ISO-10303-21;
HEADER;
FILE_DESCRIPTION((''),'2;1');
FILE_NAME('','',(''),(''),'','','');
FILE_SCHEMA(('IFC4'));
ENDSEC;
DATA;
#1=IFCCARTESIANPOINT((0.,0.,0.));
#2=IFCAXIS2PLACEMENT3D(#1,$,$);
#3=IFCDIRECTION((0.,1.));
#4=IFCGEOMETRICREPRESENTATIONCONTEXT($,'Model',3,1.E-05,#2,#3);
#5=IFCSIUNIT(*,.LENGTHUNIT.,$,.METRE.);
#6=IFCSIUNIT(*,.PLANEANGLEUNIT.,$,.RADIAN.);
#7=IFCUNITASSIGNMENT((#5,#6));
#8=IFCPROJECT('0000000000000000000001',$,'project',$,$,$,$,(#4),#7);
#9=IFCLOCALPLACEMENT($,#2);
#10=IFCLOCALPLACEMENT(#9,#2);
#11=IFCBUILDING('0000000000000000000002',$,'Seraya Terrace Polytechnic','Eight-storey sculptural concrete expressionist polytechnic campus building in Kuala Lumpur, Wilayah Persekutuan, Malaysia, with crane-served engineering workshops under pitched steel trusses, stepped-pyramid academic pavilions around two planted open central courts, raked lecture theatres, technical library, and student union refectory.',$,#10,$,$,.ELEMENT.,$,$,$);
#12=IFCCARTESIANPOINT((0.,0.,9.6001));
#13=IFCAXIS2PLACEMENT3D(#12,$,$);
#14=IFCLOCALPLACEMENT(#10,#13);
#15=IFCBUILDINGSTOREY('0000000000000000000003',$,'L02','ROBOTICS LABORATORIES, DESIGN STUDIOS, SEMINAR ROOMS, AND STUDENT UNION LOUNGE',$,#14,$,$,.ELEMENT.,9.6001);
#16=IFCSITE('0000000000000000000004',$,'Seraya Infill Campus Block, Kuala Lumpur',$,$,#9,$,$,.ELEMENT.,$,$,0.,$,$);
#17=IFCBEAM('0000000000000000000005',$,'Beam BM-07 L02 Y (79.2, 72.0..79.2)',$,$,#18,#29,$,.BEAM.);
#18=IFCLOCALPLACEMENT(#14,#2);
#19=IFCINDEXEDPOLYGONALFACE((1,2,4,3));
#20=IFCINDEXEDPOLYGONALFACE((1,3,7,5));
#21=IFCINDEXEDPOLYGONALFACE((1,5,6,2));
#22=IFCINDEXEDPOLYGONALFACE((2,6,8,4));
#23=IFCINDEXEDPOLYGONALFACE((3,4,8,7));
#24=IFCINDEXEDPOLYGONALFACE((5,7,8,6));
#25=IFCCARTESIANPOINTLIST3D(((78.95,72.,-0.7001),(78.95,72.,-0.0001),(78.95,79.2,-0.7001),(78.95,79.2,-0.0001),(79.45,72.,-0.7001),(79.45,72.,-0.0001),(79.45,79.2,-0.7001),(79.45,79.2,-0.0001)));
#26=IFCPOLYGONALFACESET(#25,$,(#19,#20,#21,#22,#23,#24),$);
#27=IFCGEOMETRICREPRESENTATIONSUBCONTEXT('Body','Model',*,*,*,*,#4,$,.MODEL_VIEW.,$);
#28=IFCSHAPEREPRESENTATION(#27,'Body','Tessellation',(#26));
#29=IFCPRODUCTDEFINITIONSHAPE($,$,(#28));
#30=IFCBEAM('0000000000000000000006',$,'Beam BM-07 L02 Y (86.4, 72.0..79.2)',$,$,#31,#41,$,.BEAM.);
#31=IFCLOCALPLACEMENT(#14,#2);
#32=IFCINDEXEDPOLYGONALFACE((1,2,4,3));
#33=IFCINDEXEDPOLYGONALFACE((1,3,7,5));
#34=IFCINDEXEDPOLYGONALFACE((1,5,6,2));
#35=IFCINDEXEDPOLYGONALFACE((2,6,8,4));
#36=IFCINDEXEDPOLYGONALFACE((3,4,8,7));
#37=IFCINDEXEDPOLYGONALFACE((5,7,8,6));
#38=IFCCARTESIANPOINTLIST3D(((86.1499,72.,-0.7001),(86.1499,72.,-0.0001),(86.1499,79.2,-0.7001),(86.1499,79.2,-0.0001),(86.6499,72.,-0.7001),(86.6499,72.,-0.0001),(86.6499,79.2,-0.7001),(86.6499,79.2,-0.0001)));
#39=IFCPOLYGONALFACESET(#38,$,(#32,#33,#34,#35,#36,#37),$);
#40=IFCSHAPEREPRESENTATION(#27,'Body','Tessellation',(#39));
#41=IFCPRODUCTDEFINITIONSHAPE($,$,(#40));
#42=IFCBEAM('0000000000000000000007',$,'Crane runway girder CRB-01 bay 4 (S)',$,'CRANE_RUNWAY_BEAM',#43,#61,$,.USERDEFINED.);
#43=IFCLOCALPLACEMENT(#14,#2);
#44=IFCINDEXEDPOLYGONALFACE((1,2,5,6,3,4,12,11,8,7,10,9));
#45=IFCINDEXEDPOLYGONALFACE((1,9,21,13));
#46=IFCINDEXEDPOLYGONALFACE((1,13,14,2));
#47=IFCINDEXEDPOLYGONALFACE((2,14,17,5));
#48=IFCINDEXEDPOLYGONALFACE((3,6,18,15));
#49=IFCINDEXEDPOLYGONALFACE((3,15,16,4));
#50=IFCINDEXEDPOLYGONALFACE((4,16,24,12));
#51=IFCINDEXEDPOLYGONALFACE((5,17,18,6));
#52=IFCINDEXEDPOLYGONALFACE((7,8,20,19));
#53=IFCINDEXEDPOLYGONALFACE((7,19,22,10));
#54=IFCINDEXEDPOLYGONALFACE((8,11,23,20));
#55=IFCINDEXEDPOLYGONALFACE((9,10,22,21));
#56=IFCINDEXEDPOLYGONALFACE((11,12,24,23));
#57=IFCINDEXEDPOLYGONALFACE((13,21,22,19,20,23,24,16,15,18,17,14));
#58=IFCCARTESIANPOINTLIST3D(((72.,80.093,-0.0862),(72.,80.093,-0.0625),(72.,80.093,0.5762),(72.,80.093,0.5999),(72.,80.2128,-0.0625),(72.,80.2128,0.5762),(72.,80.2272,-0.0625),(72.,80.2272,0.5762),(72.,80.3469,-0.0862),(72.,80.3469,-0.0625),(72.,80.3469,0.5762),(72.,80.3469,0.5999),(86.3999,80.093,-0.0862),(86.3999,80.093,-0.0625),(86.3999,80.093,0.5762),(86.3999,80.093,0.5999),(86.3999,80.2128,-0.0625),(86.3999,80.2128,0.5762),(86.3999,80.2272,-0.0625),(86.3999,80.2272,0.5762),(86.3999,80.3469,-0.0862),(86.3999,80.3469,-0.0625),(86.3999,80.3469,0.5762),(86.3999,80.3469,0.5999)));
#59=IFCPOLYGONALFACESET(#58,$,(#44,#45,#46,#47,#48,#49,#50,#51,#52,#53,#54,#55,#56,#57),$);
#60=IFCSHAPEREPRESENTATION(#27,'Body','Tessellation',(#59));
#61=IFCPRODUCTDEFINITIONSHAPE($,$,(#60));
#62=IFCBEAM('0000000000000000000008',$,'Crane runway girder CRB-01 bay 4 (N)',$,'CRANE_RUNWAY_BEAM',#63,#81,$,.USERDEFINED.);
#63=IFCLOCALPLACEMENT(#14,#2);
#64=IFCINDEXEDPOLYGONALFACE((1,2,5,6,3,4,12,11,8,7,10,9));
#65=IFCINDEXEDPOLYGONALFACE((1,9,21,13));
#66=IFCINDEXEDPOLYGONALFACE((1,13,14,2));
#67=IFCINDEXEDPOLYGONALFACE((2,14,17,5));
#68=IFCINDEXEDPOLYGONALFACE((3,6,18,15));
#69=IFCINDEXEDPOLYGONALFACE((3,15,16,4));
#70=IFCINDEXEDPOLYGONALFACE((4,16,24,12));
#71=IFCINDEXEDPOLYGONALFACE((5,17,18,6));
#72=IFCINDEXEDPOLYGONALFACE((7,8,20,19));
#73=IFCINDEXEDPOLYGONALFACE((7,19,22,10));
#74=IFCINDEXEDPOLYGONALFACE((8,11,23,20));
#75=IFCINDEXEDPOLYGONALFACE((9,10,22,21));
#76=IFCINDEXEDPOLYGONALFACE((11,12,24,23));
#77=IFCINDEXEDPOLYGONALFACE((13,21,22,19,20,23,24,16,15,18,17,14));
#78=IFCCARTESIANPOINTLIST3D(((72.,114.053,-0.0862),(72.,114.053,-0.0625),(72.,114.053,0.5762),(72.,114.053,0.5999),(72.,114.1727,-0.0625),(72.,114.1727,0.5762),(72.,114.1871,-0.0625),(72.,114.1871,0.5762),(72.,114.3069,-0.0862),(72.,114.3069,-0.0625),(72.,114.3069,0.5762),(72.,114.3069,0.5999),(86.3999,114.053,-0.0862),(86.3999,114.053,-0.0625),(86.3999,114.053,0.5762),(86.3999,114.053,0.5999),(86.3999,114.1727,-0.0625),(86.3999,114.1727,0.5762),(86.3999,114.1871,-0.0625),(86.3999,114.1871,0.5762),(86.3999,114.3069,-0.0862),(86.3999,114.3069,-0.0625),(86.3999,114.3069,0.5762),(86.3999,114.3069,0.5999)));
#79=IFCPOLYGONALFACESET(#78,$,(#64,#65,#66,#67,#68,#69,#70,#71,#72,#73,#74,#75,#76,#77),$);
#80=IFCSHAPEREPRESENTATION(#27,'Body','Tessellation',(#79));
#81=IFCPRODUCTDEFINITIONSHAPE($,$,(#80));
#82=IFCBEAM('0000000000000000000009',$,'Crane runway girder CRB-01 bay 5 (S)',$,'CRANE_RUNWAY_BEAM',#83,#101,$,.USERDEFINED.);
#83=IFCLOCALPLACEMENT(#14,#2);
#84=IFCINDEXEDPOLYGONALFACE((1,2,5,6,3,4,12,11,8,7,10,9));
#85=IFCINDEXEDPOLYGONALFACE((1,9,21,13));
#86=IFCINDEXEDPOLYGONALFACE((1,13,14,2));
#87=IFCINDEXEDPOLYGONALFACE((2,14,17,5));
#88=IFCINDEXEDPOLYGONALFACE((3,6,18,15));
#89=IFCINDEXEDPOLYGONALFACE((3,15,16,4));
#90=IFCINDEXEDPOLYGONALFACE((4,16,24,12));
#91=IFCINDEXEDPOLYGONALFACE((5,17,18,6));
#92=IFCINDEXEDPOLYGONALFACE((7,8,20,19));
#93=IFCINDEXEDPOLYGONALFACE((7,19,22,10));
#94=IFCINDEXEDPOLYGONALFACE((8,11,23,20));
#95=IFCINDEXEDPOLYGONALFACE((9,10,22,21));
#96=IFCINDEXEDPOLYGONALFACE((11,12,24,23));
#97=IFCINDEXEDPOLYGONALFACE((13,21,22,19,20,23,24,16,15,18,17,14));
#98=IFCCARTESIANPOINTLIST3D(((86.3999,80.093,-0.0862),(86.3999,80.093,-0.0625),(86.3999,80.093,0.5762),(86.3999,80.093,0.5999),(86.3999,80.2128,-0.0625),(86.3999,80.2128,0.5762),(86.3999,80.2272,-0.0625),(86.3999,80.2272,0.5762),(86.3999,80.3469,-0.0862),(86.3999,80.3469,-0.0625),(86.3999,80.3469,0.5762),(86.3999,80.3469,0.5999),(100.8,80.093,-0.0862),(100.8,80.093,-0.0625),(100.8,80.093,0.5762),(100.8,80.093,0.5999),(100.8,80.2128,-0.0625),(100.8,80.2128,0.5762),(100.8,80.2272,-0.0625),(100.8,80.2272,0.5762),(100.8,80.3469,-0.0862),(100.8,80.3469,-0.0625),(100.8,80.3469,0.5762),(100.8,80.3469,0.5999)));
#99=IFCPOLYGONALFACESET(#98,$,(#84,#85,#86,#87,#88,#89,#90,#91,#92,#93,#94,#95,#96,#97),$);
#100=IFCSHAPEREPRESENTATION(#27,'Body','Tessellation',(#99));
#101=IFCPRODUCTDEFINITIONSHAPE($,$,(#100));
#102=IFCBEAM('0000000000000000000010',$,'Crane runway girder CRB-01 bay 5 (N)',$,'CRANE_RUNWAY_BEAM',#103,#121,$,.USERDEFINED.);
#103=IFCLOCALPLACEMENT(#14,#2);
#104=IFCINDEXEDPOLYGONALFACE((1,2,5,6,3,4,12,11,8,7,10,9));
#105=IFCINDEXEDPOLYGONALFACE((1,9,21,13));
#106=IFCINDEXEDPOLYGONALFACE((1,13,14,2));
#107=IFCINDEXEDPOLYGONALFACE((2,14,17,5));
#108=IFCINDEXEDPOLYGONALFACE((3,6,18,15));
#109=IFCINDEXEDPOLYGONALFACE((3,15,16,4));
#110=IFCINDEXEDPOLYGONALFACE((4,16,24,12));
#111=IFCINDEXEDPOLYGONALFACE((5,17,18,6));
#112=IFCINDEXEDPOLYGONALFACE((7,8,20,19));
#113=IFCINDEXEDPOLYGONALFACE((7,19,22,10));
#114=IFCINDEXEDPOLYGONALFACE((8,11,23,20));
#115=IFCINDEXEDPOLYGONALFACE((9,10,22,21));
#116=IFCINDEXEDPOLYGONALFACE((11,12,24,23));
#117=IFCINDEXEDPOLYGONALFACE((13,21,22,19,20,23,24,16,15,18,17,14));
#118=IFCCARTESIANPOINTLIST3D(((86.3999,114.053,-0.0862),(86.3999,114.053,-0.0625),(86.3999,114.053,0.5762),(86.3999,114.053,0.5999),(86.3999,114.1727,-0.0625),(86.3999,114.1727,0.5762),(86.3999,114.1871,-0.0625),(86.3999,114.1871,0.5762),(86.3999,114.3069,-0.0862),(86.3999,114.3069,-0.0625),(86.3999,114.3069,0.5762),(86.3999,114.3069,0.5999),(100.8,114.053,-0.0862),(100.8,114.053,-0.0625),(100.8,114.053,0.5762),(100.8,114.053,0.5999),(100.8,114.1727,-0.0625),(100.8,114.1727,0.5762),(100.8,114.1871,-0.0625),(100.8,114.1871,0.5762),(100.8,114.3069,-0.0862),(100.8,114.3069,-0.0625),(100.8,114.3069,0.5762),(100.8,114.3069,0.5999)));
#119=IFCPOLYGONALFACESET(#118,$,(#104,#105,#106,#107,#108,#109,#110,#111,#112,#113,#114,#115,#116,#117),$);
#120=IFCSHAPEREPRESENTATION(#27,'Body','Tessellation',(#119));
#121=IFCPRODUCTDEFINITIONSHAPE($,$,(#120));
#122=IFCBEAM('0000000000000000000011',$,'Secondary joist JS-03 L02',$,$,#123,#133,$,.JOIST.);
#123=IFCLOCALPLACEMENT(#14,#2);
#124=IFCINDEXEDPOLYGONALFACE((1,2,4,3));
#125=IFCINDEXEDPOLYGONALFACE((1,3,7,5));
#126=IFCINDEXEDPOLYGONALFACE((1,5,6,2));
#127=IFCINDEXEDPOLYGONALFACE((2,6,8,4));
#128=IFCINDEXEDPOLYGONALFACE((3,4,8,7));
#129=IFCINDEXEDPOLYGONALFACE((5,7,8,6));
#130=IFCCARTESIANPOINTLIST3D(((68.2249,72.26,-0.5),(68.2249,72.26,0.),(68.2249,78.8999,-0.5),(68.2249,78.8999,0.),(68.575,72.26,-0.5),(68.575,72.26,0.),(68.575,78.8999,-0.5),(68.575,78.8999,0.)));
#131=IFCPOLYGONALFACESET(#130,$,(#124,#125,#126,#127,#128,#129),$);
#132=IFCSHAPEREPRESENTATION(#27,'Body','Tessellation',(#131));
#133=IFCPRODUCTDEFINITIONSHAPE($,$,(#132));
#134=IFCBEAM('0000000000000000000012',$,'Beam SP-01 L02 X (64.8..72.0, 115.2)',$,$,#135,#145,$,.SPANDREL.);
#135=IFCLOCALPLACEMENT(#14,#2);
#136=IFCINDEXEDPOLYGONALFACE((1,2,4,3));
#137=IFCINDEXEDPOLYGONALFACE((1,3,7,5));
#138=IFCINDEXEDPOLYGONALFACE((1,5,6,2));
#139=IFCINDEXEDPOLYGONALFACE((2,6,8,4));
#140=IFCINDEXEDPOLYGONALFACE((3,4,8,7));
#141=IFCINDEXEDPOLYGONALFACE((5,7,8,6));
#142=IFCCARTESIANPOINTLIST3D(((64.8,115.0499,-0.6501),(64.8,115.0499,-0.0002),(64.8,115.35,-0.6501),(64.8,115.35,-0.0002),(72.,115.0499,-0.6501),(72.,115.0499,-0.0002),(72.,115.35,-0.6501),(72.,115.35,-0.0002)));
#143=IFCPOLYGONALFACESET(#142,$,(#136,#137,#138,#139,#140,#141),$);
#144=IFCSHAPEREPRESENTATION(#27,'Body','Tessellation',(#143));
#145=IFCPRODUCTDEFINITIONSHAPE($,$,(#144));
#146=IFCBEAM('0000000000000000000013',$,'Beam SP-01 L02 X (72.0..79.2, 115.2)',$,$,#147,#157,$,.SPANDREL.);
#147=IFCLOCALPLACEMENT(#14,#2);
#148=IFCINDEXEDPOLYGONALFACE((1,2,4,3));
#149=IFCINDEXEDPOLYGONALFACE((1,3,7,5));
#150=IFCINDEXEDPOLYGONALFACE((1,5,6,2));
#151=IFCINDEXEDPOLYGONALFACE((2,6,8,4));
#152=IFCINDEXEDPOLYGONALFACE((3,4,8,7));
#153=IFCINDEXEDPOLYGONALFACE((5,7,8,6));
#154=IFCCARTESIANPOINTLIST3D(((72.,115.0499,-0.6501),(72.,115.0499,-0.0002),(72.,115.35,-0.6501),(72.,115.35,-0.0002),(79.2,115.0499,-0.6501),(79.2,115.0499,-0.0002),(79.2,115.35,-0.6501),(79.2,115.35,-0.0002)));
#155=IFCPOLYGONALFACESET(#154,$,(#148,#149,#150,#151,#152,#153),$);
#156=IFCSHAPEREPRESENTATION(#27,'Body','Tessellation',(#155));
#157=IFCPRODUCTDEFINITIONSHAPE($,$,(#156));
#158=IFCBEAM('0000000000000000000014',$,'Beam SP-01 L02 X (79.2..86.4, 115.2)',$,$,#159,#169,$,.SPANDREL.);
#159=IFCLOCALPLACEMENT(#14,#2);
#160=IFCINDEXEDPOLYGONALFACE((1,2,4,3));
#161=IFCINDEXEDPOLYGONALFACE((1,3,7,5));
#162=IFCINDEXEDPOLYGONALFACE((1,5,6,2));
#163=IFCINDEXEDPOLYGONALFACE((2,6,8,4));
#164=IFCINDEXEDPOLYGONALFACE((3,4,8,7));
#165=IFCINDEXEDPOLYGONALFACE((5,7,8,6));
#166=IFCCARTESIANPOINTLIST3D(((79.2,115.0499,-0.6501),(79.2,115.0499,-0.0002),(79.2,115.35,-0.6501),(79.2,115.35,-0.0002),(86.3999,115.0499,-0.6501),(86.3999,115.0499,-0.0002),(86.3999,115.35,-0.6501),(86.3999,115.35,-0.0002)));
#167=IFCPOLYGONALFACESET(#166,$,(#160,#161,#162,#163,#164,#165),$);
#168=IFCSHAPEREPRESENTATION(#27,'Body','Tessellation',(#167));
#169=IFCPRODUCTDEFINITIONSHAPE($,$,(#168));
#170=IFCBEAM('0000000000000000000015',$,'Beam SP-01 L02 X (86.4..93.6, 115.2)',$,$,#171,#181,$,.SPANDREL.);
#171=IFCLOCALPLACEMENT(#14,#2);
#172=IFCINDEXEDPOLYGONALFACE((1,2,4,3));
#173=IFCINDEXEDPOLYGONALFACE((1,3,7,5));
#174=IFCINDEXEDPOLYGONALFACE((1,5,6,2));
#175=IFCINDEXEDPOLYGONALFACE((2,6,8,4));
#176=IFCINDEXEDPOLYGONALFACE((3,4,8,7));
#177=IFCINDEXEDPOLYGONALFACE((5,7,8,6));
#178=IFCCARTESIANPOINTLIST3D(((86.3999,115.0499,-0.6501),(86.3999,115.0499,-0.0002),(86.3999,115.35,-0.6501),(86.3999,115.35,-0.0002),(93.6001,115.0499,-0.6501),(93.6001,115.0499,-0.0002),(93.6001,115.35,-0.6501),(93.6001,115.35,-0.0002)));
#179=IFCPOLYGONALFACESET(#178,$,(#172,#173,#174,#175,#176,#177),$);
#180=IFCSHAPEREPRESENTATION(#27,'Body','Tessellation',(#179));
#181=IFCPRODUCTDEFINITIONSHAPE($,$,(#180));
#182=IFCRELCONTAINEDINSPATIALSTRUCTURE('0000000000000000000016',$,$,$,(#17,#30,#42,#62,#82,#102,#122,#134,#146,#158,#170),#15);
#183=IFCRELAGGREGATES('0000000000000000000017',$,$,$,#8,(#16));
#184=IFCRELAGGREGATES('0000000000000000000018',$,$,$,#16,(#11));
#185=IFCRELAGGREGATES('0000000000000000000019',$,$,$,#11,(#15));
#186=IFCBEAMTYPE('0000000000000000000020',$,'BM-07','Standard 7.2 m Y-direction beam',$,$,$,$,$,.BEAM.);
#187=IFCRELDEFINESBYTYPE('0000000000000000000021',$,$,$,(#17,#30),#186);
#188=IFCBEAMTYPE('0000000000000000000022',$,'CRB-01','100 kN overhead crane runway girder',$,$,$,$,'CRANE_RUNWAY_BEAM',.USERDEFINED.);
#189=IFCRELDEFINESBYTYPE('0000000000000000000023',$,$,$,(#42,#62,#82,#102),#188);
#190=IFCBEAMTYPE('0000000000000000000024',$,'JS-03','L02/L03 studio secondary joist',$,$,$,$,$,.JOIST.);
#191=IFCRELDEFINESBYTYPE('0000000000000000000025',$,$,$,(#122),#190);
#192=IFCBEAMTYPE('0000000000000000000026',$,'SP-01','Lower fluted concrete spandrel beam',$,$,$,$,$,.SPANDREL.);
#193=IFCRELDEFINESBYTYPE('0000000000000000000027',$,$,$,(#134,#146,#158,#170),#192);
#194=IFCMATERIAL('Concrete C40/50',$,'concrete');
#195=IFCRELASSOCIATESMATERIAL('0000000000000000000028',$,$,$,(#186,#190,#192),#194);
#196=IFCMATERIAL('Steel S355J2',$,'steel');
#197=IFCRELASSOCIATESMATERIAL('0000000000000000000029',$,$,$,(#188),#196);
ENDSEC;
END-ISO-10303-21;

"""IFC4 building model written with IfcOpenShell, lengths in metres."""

from ifc_helpers import new_model, si_unit, direction, frame, origin, origin_2d, place, context, subcontext, project, spatial, rectangle, i_section, extrude, material, material_profile, profile_set, type_object, element, save


model = new_model("IFC4")

# Units and contexts
model_context = context("Model", 3, precision=1e-05, world=origin(), true_north=direction((0.0, 1.0)))
body_context = subcontext(model_context, "Body", "Model", "MODEL_VIEW")
ifc_project = project(units=[si_unit("LENGTHUNIT", "METRE"), si_unit("PLANEANGLEUNIT", "RADIAN")], contexts=[model_context])

# Site, building, storey
site_placement = place(None, origin())
site = spatial("IfcSite", under=ifc_project, at=site_placement, Name="Seraya Infill Campus Block, Kuala Lumpur", CompositionType="ELEMENT", RefElevation=0.0)
building_placement = place(site_placement, origin())
building = spatial("IfcBuilding", under=site, at=building_placement, Name="Seraya Terrace Polytechnic", Description="Eight-storey sculptural concrete expressionist polytechnic campus building in Kuala Lumpur, Wilayah Persekutuan, Malaysia, with crane-served engineering workshops under pitched steel trusses, stepped-pyramid academic pavilions around two planted open central courts, raked lecture theatres, technical library, and student union refectory.", CompositionType="ELEMENT")
storey_placement = place(building_placement, frame((0.0, 0.0, 9.6001)))
storey = spatial("IfcBuildingStorey", under=building, at=storey_placement, Name="L02", Description="ROBOTICS LABORATORIES, DESIGN STUDIOS, SEMINAR ROOMS, AND STUDENT UNION LOUNGE", CompositionType="ELEMENT", Elevation=9.6001)

# Shared definitions
ifc_material_1 = material(Name="Concrete C40/50", Category="concrete")

# Beams
ifc_material_profile_1 = material_profile(ifc_material_1, rectangle(XDim=0.5, YDim=0.7, at=origin_2d()), Name="RC 500x700")
ifc_profile_set_1 = profile_set([ifc_material_profile_1], Name="Concrete C40/50")
beam_type_1 = type_object("IfcBeamType", Name="BM-07", Description="Standard 7.2 m Y-direction beam", PredefinedType="BEAM", material=ifc_profile_set_1)
for number, where, z_axis, x_axis, name in (
    (1, (79.2, 72.0, -0.3501), (0.0, 1.0, 0.0), (-1.0, 0.0, 0.0), "Beam BM-07 L02 Y (79.2, 72.0..79.2)"),
    (2, (86.3999, 72.0, -0.3501), (0.0, 1.0, 0.0), (-1.0, 0.0, 0.0), "Beam BM-07 L02 Y (86.4, 72.0..79.2)"),
):
    element("IfcBeam", number, at=place(storey_placement, frame(where, z_axis=z_axis, x_axis=x_axis)), inside=storey, type_object=beam_type_1, Name=name, PredefinedType="BEAM", context=body_context, shape_type="SweptSolid", body=[
        extrude(rectangle(XDim=0.5, YDim=0.7, at=origin_2d()), origin(), (0.0, 0.0, 1.0), 7.2),
    ])
ifc_material_2 = material(Name="Steel S355J2", Category="steel")
ifc_material_profile_2 = material_profile(ifc_material_2, i_section(OverallWidth=0.2539, OverallDepth=0.686, WebThickness=0.0144, FlangeThickness=0.0237, at=origin_2d()), Name="UKB 686x254x14.5x23.7")
ifc_profile_set_2 = profile_set([ifc_material_profile_2], Name="Steel S355J2")
beam_type_2 = type_object("IfcBeamType", Name="CRB-01", Description="100 kN overhead crane runway girder", ElementType="CRANE_RUNWAY_BEAM", PredefinedType="USERDEFINED", material=ifc_profile_set_2)
for number, where, z_axis, x_axis, name in (
    (3, (72.0, 80.22, 0.2568), (1.0, 0.0, 0.0), (0.0, 1.0, 0.0), "Crane runway girder CRB-01 bay 4 (S)"),
    (4, (72.0, 114.1799, 0.2568), (1.0, 0.0, 0.0), (0.0, 1.0, 0.0), "Crane runway girder CRB-01 bay 4 (N)"),
):
    element("IfcBeam", number, at=place(storey_placement, frame(where, z_axis=z_axis, x_axis=x_axis)), inside=storey, type_object=beam_type_2, Name=name, ObjectType="CRANE_RUNWAY_BEAM", PredefinedType="USERDEFINED", context=body_context, shape_type="SweptSolid", body=[
        extrude(i_section(OverallWidth=0.2539, OverallDepth=0.686, WebThickness=0.0144, FlangeThickness=0.0237, at=origin_2d()), origin(), (0.0, 0.0, 1.0), 14.3999),
    ])
for number, where, z_axis, x_axis, name in (
    (5, (86.3999, 80.22, 0.2568), (1.0, 0.0, 0.0), (0.0, 1.0, 0.0), "Crane runway girder CRB-01 bay 5 (S)"),
    (6, (86.3999, 114.1799, 0.2568), (1.0, 0.0, 0.0), (0.0, 1.0, 0.0), "Crane runway girder CRB-01 bay 5 (N)"),
):
    element("IfcBeam", number, at=place(storey_placement, frame(where, z_axis=z_axis, x_axis=x_axis)), inside=storey, type_object=beam_type_2, Name=name, ObjectType="CRANE_RUNWAY_BEAM", PredefinedType="USERDEFINED", context=body_context, shape_type="SweptSolid", body=[
        extrude(i_section(OverallWidth=0.2539, OverallDepth=0.686, WebThickness=0.0144, FlangeThickness=0.0237, at=origin_2d()), origin(), (0.0, 0.0, 1.0), 14.4001),
    ])
ifc_material_profile_3 = material_profile(ifc_material_1, rectangle(XDim=0.3501, YDim=0.5, at=origin_2d()), Name="RC 350x500")
ifc_profile_set_3 = profile_set([ifc_material_profile_3], Name="Concrete C40/50")
beam_type_3 = type_object("IfcBeamType", Name="JS-03", Description="L02/L03 studio secondary joist", PredefinedType="JOIST", material=ifc_profile_set_3)
beam_1_placement = place(storey_placement, frame((68.3999, 72.26, -0.25), z_axis=(0.0, 1.0, 0.0), x_axis=(-1.0, 0.0, 0.0)))
element("IfcBeam", 7, at=beam_1_placement, inside=storey, type_object=beam_type_3, Name="Secondary joist JS-03 L02", PredefinedType="JOIST", context=body_context, shape_type="SweptSolid", body=[
    extrude(rectangle(XDim=0.3501, YDim=0.5, at=origin_2d()), origin(), (0.0, 0.0, 1.0), 6.6399),
])
ifc_material_profile_4 = material_profile(ifc_material_1, rectangle(XDim=0.3, YDim=0.6499, at=origin_2d()), Name="RC 300x650")
ifc_profile_set_4 = profile_set([ifc_material_profile_4], Name="Concrete C40/50")
beam_type_4 = type_object("IfcBeamType", Name="SP-01", Description="Lower fluted concrete spandrel beam", PredefinedType="SPANDREL", material=ifc_profile_set_4)
for number, where, z_axis, x_axis, name in (
    (8, (64.8, 115.2, -0.3252), (1.0, 0.0, 0.0), (0.0, 1.0, 0.0), "Beam SP-01 L02 X (64.8..72.0, 115.2)"),
    (9, (72.0, 115.2, -0.3252), (1.0, 0.0, 0.0), (0.0, 1.0, 0.0), "Beam SP-01 L02 X (72.0..79.2, 115.2)"),
    (10, (79.2, 115.2, -0.3252), (1.0, 0.0, 0.0), (0.0, 1.0, 0.0), "Beam SP-01 L02 X (79.2..86.4, 115.2)"),
):
    element("IfcBeam", number, at=place(storey_placement, frame(where, z_axis=z_axis, x_axis=x_axis)), inside=storey, type_object=beam_type_4, Name=name, PredefinedType="SPANDREL", context=body_context, shape_type="SweptSolid", body=[
        extrude(rectangle(XDim=0.3, YDim=0.6499, at=origin_2d()), origin(), (0.0, 0.0, 1.0), 7.2),
    ])
beam_2_placement = place(storey_placement, frame((86.3999, 115.2, -0.3252), z_axis=(1.0, 0.0, 0.0), x_axis=(0.0, 1.0, 0.0)))
element("IfcBeam", 11, at=beam_2_placement, inside=storey, type_object=beam_type_4, Name="Beam SP-01 L02 X (86.4..93.6, 115.2)", PredefinedType="SPANDREL", context=body_context, shape_type="SweptSolid", body=[
    extrude(rectangle(XDim=0.3, YDim=0.6499, at=origin_2d()), origin(), (0.0, 0.0, 1.0), 7.2002),
])

save(model, "model.ifc")
